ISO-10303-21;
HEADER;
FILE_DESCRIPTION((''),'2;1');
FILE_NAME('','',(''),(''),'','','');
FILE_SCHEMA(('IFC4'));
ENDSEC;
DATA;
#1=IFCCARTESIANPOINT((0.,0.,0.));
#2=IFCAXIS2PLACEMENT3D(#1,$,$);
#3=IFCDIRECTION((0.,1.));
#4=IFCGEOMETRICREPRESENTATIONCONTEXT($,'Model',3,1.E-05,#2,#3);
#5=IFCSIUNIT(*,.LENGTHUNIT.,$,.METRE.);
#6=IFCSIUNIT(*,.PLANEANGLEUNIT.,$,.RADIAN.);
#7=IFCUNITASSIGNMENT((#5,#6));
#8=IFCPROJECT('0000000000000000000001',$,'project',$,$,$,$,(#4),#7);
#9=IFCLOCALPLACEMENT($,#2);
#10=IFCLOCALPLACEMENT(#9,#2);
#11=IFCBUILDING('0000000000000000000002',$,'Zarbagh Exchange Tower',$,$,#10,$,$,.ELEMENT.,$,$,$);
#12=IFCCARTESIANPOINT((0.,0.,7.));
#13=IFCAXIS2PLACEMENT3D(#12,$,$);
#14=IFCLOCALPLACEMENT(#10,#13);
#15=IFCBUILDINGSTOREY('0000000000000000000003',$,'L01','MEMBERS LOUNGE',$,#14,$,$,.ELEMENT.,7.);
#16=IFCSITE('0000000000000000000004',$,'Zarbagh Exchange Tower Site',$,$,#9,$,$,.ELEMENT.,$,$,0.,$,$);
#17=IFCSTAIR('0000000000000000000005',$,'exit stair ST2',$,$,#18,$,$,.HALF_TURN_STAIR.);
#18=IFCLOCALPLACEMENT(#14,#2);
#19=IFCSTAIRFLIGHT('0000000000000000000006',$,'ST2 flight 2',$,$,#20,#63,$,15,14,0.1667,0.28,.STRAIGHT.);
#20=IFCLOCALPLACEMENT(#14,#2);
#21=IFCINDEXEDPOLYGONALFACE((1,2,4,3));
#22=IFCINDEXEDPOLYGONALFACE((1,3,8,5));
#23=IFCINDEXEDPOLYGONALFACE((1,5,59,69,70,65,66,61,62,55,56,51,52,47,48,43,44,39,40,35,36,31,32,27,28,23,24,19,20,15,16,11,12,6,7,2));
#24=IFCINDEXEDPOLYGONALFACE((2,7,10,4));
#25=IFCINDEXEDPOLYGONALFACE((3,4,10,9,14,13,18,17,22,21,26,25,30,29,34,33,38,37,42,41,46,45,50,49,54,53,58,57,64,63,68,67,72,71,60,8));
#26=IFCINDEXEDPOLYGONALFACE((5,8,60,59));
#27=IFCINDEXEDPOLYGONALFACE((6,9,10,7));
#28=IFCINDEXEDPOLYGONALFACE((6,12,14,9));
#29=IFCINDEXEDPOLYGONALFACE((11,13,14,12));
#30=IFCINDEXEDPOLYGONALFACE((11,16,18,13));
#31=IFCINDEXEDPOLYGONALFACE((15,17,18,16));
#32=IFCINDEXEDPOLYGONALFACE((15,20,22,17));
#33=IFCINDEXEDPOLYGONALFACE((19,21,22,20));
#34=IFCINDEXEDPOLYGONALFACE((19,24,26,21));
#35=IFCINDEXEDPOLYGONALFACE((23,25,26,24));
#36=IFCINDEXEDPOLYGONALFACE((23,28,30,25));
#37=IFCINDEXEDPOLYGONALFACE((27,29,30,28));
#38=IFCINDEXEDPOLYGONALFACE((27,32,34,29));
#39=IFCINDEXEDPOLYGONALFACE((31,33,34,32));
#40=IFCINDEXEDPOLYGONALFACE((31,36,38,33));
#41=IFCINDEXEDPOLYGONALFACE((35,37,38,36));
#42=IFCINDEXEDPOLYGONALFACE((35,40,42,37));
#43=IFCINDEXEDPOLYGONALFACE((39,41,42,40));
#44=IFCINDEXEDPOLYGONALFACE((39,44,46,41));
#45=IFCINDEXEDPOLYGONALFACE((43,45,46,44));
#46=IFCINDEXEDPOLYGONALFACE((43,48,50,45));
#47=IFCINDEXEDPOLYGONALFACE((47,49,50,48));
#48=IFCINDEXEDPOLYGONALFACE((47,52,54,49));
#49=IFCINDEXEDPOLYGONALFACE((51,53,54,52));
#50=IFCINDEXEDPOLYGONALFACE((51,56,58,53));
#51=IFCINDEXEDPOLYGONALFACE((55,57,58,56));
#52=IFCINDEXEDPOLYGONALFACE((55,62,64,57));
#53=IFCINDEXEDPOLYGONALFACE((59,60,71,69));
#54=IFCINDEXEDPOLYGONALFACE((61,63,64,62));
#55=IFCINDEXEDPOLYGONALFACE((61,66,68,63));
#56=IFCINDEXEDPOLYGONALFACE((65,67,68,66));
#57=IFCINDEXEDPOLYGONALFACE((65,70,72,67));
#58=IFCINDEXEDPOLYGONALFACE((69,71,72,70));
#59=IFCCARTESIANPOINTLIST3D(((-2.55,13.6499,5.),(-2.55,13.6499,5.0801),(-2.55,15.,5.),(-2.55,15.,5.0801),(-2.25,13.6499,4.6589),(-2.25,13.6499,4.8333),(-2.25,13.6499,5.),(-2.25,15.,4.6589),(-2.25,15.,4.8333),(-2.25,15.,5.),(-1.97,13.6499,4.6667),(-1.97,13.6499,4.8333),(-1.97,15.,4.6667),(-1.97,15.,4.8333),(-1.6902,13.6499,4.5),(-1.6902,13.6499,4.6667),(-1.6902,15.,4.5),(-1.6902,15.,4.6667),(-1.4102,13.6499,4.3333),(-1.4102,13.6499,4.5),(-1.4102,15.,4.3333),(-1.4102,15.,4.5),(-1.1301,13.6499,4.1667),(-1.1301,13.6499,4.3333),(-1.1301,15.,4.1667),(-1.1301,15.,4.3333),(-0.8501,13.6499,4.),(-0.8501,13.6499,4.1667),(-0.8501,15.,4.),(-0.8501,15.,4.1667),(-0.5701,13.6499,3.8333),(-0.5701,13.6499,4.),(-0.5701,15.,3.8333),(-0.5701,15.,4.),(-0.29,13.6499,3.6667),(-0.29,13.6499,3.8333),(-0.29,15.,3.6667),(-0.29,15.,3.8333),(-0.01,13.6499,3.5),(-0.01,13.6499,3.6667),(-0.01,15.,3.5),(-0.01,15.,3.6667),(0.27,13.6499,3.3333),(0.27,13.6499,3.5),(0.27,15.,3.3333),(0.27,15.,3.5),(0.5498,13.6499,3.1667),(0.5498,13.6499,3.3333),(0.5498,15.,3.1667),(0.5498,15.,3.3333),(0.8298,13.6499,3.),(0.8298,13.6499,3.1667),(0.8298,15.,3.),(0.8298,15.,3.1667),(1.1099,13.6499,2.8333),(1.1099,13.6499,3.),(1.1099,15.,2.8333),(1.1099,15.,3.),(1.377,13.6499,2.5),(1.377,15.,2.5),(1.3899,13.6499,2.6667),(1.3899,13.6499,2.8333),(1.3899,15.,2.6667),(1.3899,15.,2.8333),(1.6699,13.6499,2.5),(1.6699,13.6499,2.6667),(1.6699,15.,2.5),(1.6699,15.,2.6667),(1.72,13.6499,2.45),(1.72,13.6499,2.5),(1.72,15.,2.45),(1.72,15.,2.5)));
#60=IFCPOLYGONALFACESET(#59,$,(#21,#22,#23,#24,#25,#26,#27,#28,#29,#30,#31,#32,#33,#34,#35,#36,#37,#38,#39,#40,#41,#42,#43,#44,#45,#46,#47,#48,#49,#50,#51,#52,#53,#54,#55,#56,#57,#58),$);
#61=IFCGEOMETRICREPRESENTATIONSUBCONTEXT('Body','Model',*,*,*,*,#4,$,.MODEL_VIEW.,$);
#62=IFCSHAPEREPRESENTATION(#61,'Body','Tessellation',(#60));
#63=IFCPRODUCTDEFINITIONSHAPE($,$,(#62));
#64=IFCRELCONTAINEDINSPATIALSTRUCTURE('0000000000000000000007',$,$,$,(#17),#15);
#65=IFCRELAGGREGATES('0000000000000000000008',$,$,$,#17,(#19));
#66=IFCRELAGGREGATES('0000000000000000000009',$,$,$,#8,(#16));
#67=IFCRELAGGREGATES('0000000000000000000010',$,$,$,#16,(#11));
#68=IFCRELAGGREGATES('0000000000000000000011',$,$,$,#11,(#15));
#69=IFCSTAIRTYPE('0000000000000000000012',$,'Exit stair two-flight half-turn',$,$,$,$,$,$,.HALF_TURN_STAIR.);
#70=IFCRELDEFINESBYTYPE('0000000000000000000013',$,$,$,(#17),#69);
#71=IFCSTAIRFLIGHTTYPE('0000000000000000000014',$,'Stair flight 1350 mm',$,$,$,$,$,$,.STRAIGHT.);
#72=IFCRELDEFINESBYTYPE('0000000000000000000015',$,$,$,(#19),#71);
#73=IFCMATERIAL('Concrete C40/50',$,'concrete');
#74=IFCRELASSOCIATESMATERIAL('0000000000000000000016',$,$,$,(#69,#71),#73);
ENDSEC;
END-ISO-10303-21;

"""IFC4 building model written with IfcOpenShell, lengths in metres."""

from ifc_helpers import new_model, si_unit, direction, frame, origin, place, context, subcontext, project, spatial, polyline, outline, extrude, material, type_object, element, aggregate, save


model = new_model("IFC4")

# Units and contexts
model_context = context("Model", 3, precision=1e-05, world=origin(), true_north=direction((0.0, 1.0)))
body_context = subcontext(model_context, "Body", "Model", "MODEL_VIEW")
ifc_project = project(units=[si_unit("LENGTHUNIT", "METRE"), si_unit("PLANEANGLEUNIT", "RADIAN")], contexts=[model_context])

# Site, building, storey
site_placement = place(None, origin())
site = spatial("IfcSite", under=ifc_project, at=site_placement, Name="Zarbagh Exchange Tower Site", CompositionType="ELEMENT", RefElevation=0.0)
building_placement = place(site_placement, origin())
building = spatial("IfcBuilding", under=site, at=building_placement, Name="Zarbagh Exchange Tower", CompositionType="ELEMENT")
storey_placement = place(building_placement, frame((0.0, 0.0, 7.0)))
storey = spatial("IfcBuildingStorey", under=building, at=storey_placement, Name="L01", Description="MEMBERS LOUNGE", CompositionType="ELEMENT", Elevation=7.0)

# Shared definitions
ifc_material_1 = material(Name="Concrete C40/50", Category="concrete")
stair_type = type_object("IfcStairType", Name="Exit stair two-flight half-turn", PredefinedType="HALF_TURN_STAIR", material=ifc_material_1)

# Stair, stair flight
stair_flight_type = type_object("IfcStairFlightType", Name="Stair flight 1350 mm", PredefinedType="STRAIGHT", material=ifc_material_1)
stair_1_placement = place(storey_placement, origin())
stair_1 = element("IfcStair", 1, at=stair_1_placement, inside=storey, type_object=stair_type, Name="exit stair ST2", PredefinedType="HALF_TURN_STAIR")
stair_flight_1_placement = place(storey_placement, frame((1.6699, 14.325, 2.5), z_axis=(0.0, 0.0, 1.0), x_axis=(-1.0, 0.0, 0.0)))
stair_flight_1 = element("IfcStairFlight", 2, at=stair_flight_1_placement, type_object=stair_flight_type, Name="ST2 flight 2", NumberOfRisers=15, NumberOfTreads=14, PredefinedType="STRAIGHT", RiserHeight=0.1667, TreadLength=0.28, context=body_context, shape_type="SweptSolid", body=[
    extrude(outline(polyline([(-0.05, -0.05), (-0.05, 0.0), (0.0, 0.0), (0.0, 0.1667), (0.28, 0.1667), (0.28, 0.3333), (0.5601, 0.3333), (0.5601, 0.5), (0.8401, 0.5), (0.8401, 0.6667), (1.1201, 0.6667), (1.1201, 0.8333), (1.3999, 0.8333), (1.3999, 1.0), (1.6799, 1.0), (1.6799, 1.1667), (1.96, 1.1667), (1.96, 1.3333), (2.24, 1.3333), (2.24, 1.5), (2.52, 1.5), (2.52, 1.6667), (2.8, 1.6667), (2.8, 1.8333), (3.0801, 1.8333), (3.0801, 2.0), (3.3601, 2.0), (3.3601, 2.1667), (3.6399, 2.1667), (3.6399, 2.3333), (3.9199, 2.3333), (3.9199, 2.5), (4.22, 2.5801), (4.22, 2.5), (3.9199, 2.1589), (0.293, 0.0), (-0.05, -0.05)])), frame((0.0, 0.675, 0.0), z_axis=(0.0, -1.0, 0.0), x_axis=(1.0, 0.0, 0.0)), (0.0, 0.0, 1.0), 1.3501),
])
aggregate(stair_1, [stair_flight_1])

save(model, "model.ifc")
